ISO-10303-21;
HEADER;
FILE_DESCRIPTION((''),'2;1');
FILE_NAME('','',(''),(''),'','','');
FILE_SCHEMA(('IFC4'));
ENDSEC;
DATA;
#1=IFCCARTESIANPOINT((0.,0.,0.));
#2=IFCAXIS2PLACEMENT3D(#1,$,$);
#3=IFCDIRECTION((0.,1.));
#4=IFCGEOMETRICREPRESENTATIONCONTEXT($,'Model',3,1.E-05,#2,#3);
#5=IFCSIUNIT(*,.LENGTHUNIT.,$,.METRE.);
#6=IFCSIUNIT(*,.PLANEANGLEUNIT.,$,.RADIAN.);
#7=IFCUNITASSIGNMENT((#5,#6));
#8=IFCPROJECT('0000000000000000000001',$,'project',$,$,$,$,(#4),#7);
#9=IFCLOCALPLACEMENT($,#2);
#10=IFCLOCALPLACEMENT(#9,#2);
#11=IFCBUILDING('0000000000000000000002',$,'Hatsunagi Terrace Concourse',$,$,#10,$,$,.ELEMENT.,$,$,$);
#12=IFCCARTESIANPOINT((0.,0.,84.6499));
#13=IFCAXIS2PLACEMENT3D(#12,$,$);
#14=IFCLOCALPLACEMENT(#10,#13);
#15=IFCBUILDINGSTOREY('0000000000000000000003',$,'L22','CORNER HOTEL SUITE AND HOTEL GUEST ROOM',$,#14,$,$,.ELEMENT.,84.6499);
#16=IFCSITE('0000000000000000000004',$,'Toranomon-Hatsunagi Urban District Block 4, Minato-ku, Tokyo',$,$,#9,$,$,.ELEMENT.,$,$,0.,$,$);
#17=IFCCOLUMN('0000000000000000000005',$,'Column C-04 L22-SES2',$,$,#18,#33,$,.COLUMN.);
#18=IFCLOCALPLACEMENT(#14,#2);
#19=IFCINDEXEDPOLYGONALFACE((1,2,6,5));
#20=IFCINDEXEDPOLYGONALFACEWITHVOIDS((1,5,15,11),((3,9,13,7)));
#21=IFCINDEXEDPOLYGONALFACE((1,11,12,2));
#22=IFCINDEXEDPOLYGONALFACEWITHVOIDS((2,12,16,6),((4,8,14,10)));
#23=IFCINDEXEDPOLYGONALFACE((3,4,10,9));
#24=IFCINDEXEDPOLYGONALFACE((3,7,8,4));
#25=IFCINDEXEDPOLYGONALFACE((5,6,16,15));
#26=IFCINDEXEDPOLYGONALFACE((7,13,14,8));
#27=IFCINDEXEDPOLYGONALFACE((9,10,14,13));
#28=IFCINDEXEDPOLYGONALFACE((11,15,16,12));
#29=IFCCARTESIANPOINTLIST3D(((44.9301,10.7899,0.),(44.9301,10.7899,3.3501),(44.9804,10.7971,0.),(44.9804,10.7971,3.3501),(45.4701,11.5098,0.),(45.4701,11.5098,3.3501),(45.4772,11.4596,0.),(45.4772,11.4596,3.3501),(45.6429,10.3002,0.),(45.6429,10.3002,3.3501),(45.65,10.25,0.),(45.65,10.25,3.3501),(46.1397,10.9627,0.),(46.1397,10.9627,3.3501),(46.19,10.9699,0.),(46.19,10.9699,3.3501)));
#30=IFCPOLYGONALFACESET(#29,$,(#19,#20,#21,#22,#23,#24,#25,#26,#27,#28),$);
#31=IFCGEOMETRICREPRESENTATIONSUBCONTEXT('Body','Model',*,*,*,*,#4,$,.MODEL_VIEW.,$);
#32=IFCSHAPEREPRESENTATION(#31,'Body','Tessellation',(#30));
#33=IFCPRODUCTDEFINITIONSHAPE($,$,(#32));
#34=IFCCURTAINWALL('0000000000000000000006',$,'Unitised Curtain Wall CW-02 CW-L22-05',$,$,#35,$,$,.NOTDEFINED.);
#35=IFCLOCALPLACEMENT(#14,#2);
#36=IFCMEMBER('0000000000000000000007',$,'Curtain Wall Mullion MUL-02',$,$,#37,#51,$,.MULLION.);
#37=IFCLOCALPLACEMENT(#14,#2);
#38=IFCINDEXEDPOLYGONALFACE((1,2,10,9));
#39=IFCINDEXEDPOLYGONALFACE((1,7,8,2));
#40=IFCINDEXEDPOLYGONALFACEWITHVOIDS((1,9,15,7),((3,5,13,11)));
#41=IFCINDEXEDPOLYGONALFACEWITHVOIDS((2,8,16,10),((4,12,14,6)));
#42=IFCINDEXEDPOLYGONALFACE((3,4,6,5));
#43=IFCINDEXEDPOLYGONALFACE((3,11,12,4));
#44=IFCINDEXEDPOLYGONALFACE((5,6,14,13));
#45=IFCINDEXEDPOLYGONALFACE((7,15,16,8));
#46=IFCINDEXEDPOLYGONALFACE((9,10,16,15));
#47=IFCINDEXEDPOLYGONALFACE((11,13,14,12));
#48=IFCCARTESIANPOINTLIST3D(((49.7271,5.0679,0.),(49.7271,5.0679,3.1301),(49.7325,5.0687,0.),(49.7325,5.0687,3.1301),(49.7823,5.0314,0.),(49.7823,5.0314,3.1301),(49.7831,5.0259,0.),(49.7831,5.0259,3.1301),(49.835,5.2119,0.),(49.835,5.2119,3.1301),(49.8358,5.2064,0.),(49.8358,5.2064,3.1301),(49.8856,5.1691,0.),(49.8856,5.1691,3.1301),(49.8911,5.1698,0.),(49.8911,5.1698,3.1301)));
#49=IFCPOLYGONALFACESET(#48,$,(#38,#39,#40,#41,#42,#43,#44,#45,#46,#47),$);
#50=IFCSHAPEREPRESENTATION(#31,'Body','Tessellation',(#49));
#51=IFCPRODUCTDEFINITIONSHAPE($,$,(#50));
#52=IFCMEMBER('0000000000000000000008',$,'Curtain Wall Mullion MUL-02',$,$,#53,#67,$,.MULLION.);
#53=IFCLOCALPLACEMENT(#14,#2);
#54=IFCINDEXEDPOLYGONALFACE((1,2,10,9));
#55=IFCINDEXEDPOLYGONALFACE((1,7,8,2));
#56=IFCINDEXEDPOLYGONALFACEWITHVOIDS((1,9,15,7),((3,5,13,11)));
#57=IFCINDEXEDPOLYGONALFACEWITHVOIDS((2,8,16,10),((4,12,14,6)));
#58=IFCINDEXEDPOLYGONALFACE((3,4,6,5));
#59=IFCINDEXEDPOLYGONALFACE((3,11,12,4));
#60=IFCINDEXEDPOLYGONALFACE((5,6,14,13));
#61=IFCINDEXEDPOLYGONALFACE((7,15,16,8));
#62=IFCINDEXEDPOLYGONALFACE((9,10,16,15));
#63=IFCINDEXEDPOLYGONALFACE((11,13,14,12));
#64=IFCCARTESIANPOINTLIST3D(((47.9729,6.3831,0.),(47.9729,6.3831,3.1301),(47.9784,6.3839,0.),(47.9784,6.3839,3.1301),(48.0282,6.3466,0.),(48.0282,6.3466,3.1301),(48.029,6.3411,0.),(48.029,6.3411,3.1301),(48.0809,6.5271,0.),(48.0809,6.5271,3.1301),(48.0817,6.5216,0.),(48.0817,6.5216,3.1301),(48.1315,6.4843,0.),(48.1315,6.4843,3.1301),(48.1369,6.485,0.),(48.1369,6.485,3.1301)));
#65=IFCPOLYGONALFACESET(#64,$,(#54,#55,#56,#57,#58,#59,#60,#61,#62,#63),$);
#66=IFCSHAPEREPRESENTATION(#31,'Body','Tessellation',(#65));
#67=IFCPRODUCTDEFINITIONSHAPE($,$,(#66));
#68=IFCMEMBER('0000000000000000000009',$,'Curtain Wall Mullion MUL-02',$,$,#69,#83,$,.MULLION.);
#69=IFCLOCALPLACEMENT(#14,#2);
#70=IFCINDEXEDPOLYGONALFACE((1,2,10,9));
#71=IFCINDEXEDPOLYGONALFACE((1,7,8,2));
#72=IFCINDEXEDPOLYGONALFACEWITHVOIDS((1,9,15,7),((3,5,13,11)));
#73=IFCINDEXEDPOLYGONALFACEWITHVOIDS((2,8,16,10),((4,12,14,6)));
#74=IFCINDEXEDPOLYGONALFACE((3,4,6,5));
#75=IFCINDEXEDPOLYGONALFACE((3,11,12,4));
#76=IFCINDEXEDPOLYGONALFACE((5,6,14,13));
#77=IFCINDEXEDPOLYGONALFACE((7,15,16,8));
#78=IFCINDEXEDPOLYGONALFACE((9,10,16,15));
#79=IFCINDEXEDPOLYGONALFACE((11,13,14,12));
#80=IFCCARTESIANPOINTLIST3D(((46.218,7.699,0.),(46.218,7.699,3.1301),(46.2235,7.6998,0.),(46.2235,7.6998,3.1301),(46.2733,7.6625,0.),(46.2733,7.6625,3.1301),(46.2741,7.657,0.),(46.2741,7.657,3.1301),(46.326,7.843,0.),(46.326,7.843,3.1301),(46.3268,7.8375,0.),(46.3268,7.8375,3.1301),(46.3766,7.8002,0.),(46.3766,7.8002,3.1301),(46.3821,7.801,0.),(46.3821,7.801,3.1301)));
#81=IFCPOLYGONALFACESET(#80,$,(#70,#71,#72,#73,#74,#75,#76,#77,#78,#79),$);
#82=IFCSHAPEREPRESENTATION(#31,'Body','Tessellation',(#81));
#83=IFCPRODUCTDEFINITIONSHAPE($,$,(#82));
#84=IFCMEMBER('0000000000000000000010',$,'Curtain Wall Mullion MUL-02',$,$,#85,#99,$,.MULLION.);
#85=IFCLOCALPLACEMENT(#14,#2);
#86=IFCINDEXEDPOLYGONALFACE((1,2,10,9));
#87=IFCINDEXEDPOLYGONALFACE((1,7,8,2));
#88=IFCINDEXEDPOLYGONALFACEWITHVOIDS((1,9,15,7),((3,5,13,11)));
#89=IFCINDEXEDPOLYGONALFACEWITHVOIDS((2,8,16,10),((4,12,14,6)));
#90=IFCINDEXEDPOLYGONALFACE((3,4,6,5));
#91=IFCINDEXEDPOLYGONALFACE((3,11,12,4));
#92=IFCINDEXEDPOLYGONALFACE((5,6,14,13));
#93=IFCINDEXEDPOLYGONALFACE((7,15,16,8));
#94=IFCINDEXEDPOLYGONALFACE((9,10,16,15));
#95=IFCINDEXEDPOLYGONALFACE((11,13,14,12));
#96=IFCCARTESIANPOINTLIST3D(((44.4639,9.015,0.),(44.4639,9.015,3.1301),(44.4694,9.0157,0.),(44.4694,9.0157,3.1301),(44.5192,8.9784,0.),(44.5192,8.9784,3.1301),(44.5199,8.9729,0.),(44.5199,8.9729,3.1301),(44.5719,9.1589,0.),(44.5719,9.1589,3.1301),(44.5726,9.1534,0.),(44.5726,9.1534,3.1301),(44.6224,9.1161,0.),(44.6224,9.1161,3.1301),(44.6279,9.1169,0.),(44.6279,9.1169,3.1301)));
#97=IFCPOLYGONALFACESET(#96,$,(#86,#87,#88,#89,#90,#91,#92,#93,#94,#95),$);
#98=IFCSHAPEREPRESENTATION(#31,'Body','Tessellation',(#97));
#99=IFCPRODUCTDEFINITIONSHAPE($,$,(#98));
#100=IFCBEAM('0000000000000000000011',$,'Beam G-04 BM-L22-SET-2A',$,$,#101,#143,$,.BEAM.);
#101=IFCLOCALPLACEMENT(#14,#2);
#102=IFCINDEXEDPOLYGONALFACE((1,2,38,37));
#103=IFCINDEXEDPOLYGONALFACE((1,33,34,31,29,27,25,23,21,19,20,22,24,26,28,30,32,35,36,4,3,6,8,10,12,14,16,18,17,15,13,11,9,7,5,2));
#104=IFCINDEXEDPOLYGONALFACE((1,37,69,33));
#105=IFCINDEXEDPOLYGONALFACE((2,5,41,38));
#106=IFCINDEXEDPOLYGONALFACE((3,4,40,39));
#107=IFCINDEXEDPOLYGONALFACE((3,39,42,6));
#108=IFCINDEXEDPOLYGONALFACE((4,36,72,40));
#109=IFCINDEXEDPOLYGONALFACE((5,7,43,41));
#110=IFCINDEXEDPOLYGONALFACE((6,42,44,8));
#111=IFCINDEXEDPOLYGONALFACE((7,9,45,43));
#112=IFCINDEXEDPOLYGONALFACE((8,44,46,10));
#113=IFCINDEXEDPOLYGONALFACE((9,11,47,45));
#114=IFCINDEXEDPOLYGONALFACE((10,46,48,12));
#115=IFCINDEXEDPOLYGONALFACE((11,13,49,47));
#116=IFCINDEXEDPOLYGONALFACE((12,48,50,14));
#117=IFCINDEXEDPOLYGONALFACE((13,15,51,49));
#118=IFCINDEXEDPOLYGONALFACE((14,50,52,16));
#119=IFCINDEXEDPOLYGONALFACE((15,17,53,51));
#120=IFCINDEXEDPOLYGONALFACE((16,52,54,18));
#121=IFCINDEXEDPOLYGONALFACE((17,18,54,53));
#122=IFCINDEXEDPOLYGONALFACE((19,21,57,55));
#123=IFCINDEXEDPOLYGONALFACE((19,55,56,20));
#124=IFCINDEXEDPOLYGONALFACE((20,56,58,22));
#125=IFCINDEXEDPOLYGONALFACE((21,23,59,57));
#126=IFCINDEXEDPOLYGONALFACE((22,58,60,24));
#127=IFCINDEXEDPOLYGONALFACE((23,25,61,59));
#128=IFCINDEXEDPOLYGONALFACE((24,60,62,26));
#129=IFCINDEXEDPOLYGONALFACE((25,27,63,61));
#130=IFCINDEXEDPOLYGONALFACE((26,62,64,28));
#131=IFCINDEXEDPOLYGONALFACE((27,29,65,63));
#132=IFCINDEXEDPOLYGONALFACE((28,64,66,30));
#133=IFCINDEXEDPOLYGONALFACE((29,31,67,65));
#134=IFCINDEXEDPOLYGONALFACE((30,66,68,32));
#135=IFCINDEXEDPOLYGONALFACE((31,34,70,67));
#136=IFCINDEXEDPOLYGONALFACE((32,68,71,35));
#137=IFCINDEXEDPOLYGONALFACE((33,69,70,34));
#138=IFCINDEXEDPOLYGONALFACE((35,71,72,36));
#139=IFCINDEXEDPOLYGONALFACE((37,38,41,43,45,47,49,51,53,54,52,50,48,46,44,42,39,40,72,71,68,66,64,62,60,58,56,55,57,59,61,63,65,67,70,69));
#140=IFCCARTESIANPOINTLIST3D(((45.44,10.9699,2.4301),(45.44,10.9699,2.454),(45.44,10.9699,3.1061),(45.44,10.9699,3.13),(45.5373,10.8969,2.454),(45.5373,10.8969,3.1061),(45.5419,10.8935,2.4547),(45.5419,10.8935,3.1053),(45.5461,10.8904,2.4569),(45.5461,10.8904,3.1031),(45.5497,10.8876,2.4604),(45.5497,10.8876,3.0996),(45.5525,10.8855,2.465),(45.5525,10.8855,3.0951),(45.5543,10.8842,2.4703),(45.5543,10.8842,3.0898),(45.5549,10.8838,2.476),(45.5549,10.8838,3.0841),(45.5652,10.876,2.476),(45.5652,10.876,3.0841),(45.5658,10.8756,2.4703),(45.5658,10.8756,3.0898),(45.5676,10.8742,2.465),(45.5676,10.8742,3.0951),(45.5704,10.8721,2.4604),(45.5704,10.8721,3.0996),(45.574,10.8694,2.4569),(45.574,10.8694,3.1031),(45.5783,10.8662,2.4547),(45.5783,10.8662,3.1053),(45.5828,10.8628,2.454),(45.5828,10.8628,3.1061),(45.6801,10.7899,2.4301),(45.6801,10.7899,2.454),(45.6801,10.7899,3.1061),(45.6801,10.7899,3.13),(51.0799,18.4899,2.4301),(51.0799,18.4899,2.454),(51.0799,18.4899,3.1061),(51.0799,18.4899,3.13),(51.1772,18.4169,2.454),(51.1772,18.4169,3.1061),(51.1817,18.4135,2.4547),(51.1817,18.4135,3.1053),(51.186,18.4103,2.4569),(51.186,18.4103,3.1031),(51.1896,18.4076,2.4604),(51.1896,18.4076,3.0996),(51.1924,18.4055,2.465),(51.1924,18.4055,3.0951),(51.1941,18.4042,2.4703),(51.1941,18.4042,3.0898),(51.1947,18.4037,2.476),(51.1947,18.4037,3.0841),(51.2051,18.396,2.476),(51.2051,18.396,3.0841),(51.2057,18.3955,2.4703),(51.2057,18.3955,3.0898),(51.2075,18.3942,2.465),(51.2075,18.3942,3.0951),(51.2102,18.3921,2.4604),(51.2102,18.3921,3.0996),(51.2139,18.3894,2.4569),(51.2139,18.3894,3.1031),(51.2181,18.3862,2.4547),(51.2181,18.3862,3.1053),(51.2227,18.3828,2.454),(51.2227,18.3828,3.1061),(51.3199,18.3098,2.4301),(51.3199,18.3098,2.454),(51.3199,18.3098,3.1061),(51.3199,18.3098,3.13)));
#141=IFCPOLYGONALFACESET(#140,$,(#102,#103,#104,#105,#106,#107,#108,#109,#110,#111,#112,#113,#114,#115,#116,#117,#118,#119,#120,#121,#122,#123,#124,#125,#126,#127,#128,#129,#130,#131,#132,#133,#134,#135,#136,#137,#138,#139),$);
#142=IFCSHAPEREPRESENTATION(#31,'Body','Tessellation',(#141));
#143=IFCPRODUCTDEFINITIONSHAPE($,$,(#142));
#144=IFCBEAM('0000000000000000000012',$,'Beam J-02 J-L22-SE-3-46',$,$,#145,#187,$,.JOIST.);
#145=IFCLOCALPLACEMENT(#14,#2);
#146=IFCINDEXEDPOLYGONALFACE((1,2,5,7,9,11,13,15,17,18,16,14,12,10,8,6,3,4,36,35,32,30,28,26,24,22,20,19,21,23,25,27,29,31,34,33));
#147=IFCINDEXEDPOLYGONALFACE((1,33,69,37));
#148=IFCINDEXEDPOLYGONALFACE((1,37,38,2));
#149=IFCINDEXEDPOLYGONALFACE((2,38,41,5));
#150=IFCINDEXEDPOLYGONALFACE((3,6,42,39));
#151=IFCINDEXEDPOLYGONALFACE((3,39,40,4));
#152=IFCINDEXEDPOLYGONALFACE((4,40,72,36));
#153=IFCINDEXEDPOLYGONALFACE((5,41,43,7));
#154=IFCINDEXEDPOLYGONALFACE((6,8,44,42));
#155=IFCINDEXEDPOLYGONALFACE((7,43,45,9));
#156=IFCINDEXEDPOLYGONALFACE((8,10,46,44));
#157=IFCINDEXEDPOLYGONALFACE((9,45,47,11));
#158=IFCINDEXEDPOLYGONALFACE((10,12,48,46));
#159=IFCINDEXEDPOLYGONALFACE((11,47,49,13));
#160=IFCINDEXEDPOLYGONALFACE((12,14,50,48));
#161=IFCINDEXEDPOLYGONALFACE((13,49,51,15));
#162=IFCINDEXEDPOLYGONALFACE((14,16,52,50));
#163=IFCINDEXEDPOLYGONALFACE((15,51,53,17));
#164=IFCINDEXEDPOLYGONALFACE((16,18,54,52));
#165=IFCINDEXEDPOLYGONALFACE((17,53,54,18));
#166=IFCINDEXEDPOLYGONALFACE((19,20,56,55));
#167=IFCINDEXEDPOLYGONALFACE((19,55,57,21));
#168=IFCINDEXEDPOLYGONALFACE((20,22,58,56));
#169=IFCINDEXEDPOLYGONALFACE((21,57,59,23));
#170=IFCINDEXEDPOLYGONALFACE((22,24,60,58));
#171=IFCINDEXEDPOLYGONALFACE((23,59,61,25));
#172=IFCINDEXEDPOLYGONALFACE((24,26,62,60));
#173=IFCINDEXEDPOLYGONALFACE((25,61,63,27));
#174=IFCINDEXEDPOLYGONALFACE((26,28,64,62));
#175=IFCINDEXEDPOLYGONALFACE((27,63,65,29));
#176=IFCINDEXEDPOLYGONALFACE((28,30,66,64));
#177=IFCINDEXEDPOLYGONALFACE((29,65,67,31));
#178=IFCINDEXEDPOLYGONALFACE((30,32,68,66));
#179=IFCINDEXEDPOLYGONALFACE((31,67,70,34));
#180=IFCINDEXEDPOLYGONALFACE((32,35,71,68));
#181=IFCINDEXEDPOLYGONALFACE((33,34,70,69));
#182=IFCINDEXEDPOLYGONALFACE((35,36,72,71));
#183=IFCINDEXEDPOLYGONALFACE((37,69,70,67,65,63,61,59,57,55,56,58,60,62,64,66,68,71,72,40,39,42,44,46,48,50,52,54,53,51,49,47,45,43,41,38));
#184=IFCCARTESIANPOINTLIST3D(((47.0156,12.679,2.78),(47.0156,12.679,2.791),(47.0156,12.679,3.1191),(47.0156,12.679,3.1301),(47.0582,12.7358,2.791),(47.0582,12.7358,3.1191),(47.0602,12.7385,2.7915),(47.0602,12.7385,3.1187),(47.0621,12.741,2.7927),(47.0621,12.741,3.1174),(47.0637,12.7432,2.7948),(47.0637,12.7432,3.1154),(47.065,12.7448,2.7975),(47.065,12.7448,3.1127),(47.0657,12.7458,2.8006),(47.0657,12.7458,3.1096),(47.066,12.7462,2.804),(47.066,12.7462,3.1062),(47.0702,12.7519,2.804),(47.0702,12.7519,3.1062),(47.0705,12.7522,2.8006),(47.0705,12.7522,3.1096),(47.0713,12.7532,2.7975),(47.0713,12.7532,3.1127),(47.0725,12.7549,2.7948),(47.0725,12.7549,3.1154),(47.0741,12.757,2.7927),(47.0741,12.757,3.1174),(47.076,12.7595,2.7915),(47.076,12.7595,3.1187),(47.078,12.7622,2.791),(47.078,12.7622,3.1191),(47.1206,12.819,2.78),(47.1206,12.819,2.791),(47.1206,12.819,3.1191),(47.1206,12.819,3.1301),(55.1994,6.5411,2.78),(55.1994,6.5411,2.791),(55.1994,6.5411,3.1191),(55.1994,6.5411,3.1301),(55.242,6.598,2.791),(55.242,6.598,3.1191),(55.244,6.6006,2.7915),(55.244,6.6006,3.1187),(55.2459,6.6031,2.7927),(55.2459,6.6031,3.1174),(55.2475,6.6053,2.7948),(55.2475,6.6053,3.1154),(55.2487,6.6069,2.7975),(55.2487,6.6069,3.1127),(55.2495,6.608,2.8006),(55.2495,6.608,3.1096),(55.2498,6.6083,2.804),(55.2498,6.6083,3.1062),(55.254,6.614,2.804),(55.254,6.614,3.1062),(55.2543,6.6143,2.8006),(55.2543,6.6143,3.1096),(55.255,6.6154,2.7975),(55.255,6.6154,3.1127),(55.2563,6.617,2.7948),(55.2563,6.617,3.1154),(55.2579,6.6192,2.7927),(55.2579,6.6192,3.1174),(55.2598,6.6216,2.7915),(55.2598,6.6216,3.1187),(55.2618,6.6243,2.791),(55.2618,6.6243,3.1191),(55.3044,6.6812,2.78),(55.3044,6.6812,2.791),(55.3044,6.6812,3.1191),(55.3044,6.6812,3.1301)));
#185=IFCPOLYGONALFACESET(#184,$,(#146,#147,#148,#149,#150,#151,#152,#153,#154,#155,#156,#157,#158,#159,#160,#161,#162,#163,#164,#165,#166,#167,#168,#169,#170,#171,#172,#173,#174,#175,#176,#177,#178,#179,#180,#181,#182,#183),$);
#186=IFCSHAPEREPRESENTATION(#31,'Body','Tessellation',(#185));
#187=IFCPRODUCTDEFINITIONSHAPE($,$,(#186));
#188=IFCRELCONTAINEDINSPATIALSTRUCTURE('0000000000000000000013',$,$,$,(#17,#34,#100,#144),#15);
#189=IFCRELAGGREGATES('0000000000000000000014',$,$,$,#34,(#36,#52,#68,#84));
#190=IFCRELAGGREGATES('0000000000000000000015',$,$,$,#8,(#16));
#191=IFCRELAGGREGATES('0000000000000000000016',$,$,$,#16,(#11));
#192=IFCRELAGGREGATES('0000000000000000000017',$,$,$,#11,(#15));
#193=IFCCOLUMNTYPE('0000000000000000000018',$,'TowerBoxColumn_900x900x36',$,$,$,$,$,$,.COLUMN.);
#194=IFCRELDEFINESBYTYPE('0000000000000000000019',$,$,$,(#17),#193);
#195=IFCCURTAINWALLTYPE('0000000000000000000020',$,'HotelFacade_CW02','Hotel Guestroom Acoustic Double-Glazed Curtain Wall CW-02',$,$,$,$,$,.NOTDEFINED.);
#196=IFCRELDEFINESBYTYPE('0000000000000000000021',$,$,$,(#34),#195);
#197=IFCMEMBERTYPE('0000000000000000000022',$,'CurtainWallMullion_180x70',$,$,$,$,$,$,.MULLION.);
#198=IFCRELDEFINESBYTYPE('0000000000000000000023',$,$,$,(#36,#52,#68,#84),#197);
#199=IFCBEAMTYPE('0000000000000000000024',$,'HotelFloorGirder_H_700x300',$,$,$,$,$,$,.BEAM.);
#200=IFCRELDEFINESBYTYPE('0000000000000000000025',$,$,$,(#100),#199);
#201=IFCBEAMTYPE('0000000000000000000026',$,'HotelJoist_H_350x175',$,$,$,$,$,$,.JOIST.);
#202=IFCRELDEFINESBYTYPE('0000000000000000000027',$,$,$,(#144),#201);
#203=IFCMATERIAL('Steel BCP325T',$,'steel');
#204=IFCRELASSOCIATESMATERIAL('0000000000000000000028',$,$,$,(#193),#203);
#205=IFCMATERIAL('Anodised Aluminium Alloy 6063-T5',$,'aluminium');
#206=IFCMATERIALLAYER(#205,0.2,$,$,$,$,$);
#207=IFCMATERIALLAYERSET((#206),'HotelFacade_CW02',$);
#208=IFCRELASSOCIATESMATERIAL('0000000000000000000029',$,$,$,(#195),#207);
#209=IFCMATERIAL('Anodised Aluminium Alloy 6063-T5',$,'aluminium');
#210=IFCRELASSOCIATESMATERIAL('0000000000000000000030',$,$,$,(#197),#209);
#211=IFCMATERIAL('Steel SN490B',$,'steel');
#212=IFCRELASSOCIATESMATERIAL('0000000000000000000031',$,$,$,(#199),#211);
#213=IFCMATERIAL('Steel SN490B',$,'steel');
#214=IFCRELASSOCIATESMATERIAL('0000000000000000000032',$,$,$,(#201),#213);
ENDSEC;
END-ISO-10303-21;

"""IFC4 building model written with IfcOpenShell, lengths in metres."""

from ifc_helpers import new_model, si_unit, direction, frame, origin, origin_2d, place, context, subcontext, project, spatial, hollow_rectangle, i_section, extrude, material, layer, layer_set, material_profile, profile_set, type_object, element, aggregate, save


model = new_model("IFC4")

# Units and contexts
model_context = context("Model", 3, precision=1e-05, world=origin(), true_north=direction((0.0, 1.0)))
body_context = subcontext(model_context, "Body", "Model", "MODEL_VIEW")
ifc_project = project(units=[si_unit("LENGTHUNIT", "METRE"), si_unit("PLANEANGLEUNIT", "RADIAN")], contexts=[model_context])

# Site, building, storey
site_placement = place(None, origin())
site = spatial("IfcSite", under=ifc_project, at=site_placement, Name="Toranomon-Hatsunagi Urban District Block 4, Minato-ku, Tokyo", CompositionType="ELEMENT", RefElevation=0.0)
building_placement = place(site_placement, origin())
building = spatial("IfcBuilding", under=site, at=building_placement, Name="Hatsunagi Terrace Concourse", CompositionType="ELEMENT")
storey_placement = place(building_placement, frame((0.0, 0.0, 84.6499)))
storey = spatial("IfcBuildingStorey", under=building, at=storey_placement, Name="L22", Description="CORNER HOTEL SUITE AND HOTEL GUEST ROOM", CompositionType="ELEMENT", Elevation=84.6499)

# Column
ifc_material_1 = material(Name="Steel BCP325T", Category="steel")
ifc_material_profile_1 = material_profile(ifc_material_1, hollow_rectangle(XDim=0.8999, YDim=0.8999, WallThickness=0.0359, at=origin_2d()), Name="BCP-900x900x36")
ifc_profile_set_1 = profile_set([ifc_material_profile_1], Name="Steel BCP325T")
column_type = type_object("IfcColumnType", Name="TowerBoxColumn_900x900x36", PredefinedType="COLUMN", material=ifc_profile_set_1)
column_placement = place(storey_placement, frame((45.5601, 10.8799, 0.0), z_axis=(0.0, 0.0, 1.0), x_axis=(0.8, -0.6, 0.0)))
element("IfcColumn", 1, at=column_placement, inside=storey, type_object=column_type, Name="Column C-04 L22-SES2", PredefinedType="COLUMN", context=body_context, shape_type="SweptSolid", body=[
    extrude(hollow_rectangle(XDim=0.8999, YDim=0.8999, WallThickness=0.0359, at=origin_2d()), origin(), (0.0, 0.0, 1.0), 3.3501),
])

# Curtain wall, members
ifc_material_2 = material(Name="Anodised Aluminium Alloy 6063-T5", Category="aluminium")
ifc_layer_1 = layer(ifc_material_2, 0.2)
ifc_layer_set_1 = layer_set([ifc_layer_1], Name="HotelFacade_CW02")
curtain_wall_type = type_object("IfcCurtainWallType", Name="HotelFacade_CW02", Description="Hotel Guestroom Acoustic Double-Glazed Curtain Wall CW-02", PredefinedType="NOTDEFINED", material=ifc_layer_set_1)
curtain_wall_placement = place(storey_placement, origin())
curtain_wall = element("IfcCurtainWall", 2, at=curtain_wall_placement, inside=storey, type_object=curtain_wall_type, Name="Unitised Curtain Wall CW-02 CW-L22-05", PredefinedType="NOTDEFINED")
ifc_material_3 = material(Name="Anodised Aluminium Alloy 6063-T5", Category="aluminium")
ifc_material_profile_2 = material_profile(ifc_material_3, hollow_rectangle(XDim=0.0701, YDim=0.1799, WallThickness=0.0039, at=origin_2d()), Name="ALU-MUL-180x70x4")
ifc_profile_set_2 = profile_set([ifc_material_profile_2], Name="Anodised Aluminium Alloy 6063-T5")
member_type = type_object("IfcMemberType", Name="CurtainWallMullion_180x70", PredefinedType="MULLION", material=ifc_profile_set_2)
member_1_placement = place(storey_placement, frame((49.8091, 5.1189, 0.0), z_axis=(0.0, 0.0, 1.0), x_axis=(-0.800003, 0.599996, 0.0)))
member_1 = element("IfcMember", 3, at=member_1_placement, type_object=member_type, Name="Curtain Wall Mullion MUL-02", PredefinedType="MULLION", context=body_context, shape_type="SweptSolid", body=[
    extrude(hollow_rectangle(XDim=0.0701, YDim=0.1799, WallThickness=0.0039, at=origin_2d()), origin(), (0.0, 0.0, 1.0), 3.1301),
])
member_2_placement = place(storey_placement, frame((48.0549, 6.4341, 0.0), z_axis=(0.0, 0.0, 1.0), x_axis=(-0.800003, 0.599996, 0.0)))
member_2 = element("IfcMember", 4, at=member_2_placement, type_object=member_type, Name="Curtain Wall Mullion MUL-02", PredefinedType="MULLION", context=body_context, shape_type="SweptSolid", body=[
    extrude(hollow_rectangle(XDim=0.0701, YDim=0.1799, WallThickness=0.0039, at=origin_2d()), origin(), (0.0, 0.0, 1.0), 3.1301),
])
member_3_placement = place(storey_placement, frame((46.3, 7.75, 0.0), z_axis=(0.0, 0.0, 1.0), x_axis=(-0.800003, 0.599996, 0.0)))
member_3 = element("IfcMember", 5, at=member_3_placement, type_object=member_type, Name="Curtain Wall Mullion MUL-02", PredefinedType="MULLION", context=body_context, shape_type="SweptSolid", body=[
    extrude(hollow_rectangle(XDim=0.0701, YDim=0.1799, WallThickness=0.0039, at=origin_2d()), origin(), (0.0, 0.0, 1.0), 3.1301),
])
member_4_placement = place(storey_placement, frame((44.5459, 9.0659, 0.0), z_axis=(0.0, 0.0, 1.0), x_axis=(-0.800003, 0.599996, 0.0)))
member_4 = element("IfcMember", 6, at=member_4_placement, type_object=member_type, Name="Curtain Wall Mullion MUL-02", PredefinedType="MULLION", context=body_context, shape_type="SweptSolid", body=[
    extrude(hollow_rectangle(XDim=0.0701, YDim=0.1799, WallThickness=0.0039, at=origin_2d()), origin(), (0.0, 0.0, 1.0), 3.1301),
])

# Beams
ifc_material_4 = material(Name="Steel SN490B", Category="steel")
ifc_material_profile_3 = material_profile(ifc_material_4, i_section(OverallWidth=0.3, OverallDepth=0.7, WebThickness=0.0129, FlangeThickness=0.0239, FilletRadius=0.022, at=origin_2d()), Name="H-700x300x13x24")
ifc_profile_set_3 = profile_set([ifc_material_profile_3], Name="Steel SN490B")
beam_type_1 = type_object("IfcBeamType", Name="HotelFloorGirder_H_700x300", PredefinedType="BEAM", material=ifc_profile_set_3)
beam_1_placement = place(storey_placement, frame((45.5601, 10.8799, 2.78), z_axis=(0.599992, 0.800006, 0.0), x_axis=(-0.800006, 0.599992, 0.0)))
element("IfcBeam", 7, at=beam_1_placement, inside=storey, type_object=beam_type_1, Name="Beam G-04 BM-L22-SET-2A", PredefinedType="BEAM", context=body_context, shape_type="SweptSolid", body=[
    extrude(i_section(OverallWidth=0.3, OverallDepth=0.7, WebThickness=0.0129, FlangeThickness=0.0239, FilletRadius=0.022, at=origin_2d()), origin(), (0.0, 0.0, 1.0), 9.3999),
])
ifc_material_5 = material(Name="Steel SN490B", Category="steel")
ifc_material_profile_4 = material_profile(ifc_material_5, i_section(OverallWidth=0.175, OverallDepth=0.3501, WebThickness=0.0071, FlangeThickness=0.011, FilletRadius=0.0129, at=origin_2d()), Name="H-350x175x7x11")
ifc_profile_set_4 = profile_set([ifc_material_profile_4], Name="Steel SN490B")
beam_type_2 = type_object("IfcBeamType", Name="HotelJoist_H_350x175", PredefinedType="JOIST", material=ifc_profile_set_4)
beam_2_placement = place(storey_placement, frame((47.0681, 12.749, 2.9551), z_axis=(0.799997, -0.600004, 0.0), x_axis=(0.600004, 0.799997, 0.0)))
element("IfcBeam", 8, at=beam_2_placement, inside=storey, type_object=beam_type_2, Name="Beam J-02 J-L22-SE-3-46", PredefinedType="JOIST", context=body_context, shape_type="SweptSolid", body=[
    extrude(i_section(OverallWidth=0.175, OverallDepth=0.3501, WebThickness=0.0071, FlangeThickness=0.011, FilletRadius=0.0129, at=origin_2d()), origin(), (0.0, 0.0, 1.0), 10.2297),
])

aggregate(curtain_wall, [member_1, member_2, member_3, member_4])

save(model, "model.ifc")
